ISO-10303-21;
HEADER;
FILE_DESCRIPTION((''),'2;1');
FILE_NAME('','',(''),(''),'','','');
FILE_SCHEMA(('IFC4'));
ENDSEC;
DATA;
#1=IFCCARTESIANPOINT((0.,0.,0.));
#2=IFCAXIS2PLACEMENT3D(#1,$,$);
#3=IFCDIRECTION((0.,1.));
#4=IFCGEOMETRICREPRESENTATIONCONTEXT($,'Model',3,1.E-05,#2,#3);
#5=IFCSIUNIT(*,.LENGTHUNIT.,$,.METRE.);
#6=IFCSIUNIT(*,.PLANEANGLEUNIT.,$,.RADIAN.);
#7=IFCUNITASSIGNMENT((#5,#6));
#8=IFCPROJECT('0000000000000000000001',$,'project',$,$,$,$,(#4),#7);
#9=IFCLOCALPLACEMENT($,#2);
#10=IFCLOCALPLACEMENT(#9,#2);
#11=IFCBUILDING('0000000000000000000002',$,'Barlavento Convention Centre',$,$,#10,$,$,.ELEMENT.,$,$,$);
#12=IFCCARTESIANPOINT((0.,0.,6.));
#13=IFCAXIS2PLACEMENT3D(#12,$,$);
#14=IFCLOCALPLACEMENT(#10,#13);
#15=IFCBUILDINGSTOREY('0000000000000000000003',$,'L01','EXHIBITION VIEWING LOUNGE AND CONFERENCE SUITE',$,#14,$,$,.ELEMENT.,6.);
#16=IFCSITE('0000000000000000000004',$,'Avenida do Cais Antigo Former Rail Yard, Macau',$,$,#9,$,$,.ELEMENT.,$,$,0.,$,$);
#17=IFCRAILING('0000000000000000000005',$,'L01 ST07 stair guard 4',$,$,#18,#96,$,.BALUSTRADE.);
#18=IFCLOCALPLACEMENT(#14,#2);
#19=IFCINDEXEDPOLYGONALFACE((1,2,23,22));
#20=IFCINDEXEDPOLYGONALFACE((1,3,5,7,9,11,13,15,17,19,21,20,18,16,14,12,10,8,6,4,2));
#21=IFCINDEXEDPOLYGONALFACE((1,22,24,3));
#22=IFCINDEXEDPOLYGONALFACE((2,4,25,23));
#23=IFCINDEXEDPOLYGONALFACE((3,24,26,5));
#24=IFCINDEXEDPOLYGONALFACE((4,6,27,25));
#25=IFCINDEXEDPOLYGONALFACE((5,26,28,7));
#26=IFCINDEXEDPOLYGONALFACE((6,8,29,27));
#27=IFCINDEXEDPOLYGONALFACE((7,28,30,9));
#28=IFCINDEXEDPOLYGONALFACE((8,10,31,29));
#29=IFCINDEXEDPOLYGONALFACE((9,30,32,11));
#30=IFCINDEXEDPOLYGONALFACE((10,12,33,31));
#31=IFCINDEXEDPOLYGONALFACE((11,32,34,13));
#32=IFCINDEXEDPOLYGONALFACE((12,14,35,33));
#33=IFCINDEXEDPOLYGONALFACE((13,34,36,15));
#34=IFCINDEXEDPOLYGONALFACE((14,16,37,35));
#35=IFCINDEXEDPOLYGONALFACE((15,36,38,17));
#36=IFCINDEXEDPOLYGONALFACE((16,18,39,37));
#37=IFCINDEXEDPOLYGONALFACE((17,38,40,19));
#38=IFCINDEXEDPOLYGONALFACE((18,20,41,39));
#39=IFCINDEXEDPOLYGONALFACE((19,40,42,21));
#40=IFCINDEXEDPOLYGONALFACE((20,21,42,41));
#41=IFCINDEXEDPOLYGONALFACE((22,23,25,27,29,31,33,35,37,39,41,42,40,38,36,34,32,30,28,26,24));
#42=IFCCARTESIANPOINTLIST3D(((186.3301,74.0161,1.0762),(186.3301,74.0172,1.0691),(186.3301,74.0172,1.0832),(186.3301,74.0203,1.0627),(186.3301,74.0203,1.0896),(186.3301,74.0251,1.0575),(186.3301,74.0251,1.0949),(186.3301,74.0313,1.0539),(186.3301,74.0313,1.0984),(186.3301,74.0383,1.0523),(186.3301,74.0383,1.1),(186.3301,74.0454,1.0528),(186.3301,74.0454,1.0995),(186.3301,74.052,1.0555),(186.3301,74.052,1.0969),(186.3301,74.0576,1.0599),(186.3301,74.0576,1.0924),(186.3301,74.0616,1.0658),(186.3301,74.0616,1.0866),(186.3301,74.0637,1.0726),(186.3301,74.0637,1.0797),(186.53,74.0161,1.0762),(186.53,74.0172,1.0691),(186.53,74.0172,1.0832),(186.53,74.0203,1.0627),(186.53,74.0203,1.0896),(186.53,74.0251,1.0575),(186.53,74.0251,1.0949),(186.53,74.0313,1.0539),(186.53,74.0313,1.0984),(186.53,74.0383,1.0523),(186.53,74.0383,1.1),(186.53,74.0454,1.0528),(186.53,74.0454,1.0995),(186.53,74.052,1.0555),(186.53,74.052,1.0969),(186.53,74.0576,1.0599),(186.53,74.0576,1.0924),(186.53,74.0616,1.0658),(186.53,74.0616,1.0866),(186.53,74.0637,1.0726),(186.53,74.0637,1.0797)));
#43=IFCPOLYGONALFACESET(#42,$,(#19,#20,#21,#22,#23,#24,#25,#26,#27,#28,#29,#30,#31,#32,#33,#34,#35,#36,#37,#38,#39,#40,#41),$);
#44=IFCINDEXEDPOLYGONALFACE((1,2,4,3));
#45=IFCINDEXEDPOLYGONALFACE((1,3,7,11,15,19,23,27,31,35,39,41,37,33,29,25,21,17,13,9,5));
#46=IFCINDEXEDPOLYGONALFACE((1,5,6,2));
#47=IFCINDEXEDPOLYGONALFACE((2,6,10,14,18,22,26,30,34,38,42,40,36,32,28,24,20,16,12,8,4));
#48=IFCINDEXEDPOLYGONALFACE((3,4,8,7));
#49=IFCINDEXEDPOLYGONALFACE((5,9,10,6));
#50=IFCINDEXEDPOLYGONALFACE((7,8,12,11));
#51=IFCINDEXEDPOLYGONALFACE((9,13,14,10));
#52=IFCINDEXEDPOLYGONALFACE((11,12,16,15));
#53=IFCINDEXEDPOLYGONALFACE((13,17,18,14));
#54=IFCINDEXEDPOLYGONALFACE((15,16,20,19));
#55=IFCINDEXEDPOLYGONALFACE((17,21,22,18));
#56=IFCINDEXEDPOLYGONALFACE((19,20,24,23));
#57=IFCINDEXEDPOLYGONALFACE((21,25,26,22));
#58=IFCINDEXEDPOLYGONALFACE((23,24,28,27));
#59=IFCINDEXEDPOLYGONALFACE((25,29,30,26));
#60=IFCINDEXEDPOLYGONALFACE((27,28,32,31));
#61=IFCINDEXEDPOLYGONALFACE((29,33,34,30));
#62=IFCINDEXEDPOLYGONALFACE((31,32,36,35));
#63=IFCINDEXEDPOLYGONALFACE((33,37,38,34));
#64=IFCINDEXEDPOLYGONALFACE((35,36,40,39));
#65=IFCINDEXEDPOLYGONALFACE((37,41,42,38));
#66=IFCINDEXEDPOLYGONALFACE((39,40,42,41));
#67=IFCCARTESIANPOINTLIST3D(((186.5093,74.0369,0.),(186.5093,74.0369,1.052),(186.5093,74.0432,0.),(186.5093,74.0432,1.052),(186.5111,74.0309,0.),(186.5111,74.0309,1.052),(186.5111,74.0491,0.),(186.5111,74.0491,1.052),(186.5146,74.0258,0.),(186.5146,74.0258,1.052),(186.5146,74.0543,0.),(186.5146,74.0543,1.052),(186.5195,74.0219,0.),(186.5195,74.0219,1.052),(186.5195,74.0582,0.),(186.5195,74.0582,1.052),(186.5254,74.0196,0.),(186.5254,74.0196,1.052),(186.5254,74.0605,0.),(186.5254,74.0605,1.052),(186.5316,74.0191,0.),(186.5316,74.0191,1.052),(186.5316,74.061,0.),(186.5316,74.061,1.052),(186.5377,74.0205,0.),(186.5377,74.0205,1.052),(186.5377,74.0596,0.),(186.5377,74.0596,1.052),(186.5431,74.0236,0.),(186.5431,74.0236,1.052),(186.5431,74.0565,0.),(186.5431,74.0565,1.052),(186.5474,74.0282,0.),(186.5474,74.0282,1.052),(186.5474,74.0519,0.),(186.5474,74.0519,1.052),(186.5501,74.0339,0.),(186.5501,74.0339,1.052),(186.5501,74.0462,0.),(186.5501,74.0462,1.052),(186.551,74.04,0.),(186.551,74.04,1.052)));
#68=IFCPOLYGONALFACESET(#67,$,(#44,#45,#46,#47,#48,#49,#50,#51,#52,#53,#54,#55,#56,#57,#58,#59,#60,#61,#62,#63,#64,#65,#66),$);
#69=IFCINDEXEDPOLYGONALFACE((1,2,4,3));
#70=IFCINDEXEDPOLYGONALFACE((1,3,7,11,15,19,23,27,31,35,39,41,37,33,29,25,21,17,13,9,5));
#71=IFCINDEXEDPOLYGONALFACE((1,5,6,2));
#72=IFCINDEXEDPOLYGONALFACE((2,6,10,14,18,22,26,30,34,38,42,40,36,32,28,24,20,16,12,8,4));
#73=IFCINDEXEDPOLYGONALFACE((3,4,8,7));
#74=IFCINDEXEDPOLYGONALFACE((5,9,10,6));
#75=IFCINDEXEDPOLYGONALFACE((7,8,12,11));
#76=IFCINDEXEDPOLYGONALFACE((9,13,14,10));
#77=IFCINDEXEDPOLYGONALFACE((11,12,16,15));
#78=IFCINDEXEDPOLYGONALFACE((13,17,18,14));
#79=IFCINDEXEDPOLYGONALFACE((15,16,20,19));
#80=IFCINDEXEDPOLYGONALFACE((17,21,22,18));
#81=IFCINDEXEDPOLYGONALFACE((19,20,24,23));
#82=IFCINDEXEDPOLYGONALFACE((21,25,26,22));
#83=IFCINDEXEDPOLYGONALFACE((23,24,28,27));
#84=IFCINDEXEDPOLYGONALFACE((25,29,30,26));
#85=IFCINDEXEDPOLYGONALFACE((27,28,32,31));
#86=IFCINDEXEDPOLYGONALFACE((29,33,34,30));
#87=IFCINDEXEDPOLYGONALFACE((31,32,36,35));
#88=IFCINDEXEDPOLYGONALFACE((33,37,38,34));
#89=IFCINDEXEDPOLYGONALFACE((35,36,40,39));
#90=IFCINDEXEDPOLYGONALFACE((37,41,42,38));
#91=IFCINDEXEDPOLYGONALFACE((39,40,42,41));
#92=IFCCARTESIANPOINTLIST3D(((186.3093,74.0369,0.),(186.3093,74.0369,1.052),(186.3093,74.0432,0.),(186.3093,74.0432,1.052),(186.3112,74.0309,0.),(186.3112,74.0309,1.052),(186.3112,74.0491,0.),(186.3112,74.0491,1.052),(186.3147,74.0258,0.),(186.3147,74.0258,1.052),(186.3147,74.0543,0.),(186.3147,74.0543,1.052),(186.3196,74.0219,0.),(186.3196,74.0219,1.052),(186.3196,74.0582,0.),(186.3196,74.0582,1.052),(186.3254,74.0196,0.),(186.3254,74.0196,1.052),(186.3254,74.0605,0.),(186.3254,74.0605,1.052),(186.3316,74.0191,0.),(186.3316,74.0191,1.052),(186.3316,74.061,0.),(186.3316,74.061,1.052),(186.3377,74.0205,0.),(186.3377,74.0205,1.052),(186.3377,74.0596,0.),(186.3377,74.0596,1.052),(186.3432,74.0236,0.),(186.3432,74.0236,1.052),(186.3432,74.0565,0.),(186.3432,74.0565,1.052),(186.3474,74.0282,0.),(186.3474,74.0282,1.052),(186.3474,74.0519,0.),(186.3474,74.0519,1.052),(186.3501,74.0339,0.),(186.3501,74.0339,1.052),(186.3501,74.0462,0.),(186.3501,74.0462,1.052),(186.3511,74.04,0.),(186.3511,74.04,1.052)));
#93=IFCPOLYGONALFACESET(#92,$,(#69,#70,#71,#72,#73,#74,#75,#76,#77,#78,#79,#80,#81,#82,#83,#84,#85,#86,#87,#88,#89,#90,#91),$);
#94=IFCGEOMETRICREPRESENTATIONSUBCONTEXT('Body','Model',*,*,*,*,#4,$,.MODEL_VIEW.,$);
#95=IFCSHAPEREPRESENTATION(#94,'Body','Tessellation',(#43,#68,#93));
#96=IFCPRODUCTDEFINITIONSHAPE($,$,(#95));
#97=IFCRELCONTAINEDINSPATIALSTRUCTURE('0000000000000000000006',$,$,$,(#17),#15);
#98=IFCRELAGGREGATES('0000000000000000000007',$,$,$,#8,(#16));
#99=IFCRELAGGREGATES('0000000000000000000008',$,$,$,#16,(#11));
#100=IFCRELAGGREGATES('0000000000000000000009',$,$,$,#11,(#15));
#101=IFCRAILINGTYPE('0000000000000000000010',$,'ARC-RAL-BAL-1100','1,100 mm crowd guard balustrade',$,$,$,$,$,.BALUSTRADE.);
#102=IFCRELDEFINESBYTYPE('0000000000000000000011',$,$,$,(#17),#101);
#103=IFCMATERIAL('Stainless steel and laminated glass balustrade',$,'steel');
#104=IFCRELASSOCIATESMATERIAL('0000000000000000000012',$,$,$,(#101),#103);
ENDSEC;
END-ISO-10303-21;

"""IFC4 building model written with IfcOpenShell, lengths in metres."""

from ifc_helpers import new_model, si_unit, direction, frame, origin, origin_2d, place, context, subcontext, project, spatial, circle, extrude, material, type_object, element, save


model = new_model("IFC4")

# Units and contexts
model_context = context("Model", 3, precision=1e-05, world=origin(), true_north=direction((0.0, 1.0)))
body_context = subcontext(model_context, "Body", "Model", "MODEL_VIEW")
ifc_project = project(units=[si_unit("LENGTHUNIT", "METRE"), si_unit("PLANEANGLEUNIT", "RADIAN")], contexts=[model_context])

# Site, building, storey
site_placement = place(None, origin())
site = spatial("IfcSite", under=ifc_project, at=site_placement, Name="Avenida do Cais Antigo Former Rail Yard, Macau", CompositionType="ELEMENT", RefElevation=0.0)
building_placement = place(site_placement, origin())
building = spatial("IfcBuilding", under=site, at=building_placement, Name="Barlavento Convention Centre", CompositionType="ELEMENT")
storey_placement = place(building_placement, frame((0.0, 0.0, 6.0)))
storey = spatial("IfcBuildingStorey", under=building, at=storey_placement, Name="L01", Description="EXHIBITION VIEWING LOUNGE AND CONFERENCE SUITE", CompositionType="ELEMENT", Elevation=6.0)

# Railing
ifc_material_1 = material(Name="Stainless steel and laminated glass balustrade", Category="steel")
railing_type_1 = type_object("IfcRailingType", Name="ARC-RAL-BAL-1100", Description="1,100 mm crowd guard balustrade", PredefinedType="BALUSTRADE", material=ifc_material_1)
railing_1_placement = place(storey_placement, frame((186.53, 74.04, 0.0)))
element("IfcRailing", 1, at=railing_1_placement, inside=storey, type_object=railing_type_1, Name="L01 ST07 stair guard 4", PredefinedType="BALUSTRADE", context=body_context, shape_type="SweptSolid", body=[
    extrude(circle(Radius=0.0239, at=origin_2d()), frame((0.0, 0.0, 1.0762), z_axis=(-1.0, 0.0, 0.0), x_axis=(0.0, -1.0, 0.0)), (0.0, 0.0, 1.0), 0.2),
    extrude(circle(Radius=0.021, at=origin_2d()), origin(), (0.0, 0.0, 1.0), 1.052),
    extrude(circle(Radius=0.021, at=origin_2d()), frame((-0.2, 0.0, 0.0)), (0.0, 0.0, 1.0), 1.052),
])

save(model, "model.ifc")
